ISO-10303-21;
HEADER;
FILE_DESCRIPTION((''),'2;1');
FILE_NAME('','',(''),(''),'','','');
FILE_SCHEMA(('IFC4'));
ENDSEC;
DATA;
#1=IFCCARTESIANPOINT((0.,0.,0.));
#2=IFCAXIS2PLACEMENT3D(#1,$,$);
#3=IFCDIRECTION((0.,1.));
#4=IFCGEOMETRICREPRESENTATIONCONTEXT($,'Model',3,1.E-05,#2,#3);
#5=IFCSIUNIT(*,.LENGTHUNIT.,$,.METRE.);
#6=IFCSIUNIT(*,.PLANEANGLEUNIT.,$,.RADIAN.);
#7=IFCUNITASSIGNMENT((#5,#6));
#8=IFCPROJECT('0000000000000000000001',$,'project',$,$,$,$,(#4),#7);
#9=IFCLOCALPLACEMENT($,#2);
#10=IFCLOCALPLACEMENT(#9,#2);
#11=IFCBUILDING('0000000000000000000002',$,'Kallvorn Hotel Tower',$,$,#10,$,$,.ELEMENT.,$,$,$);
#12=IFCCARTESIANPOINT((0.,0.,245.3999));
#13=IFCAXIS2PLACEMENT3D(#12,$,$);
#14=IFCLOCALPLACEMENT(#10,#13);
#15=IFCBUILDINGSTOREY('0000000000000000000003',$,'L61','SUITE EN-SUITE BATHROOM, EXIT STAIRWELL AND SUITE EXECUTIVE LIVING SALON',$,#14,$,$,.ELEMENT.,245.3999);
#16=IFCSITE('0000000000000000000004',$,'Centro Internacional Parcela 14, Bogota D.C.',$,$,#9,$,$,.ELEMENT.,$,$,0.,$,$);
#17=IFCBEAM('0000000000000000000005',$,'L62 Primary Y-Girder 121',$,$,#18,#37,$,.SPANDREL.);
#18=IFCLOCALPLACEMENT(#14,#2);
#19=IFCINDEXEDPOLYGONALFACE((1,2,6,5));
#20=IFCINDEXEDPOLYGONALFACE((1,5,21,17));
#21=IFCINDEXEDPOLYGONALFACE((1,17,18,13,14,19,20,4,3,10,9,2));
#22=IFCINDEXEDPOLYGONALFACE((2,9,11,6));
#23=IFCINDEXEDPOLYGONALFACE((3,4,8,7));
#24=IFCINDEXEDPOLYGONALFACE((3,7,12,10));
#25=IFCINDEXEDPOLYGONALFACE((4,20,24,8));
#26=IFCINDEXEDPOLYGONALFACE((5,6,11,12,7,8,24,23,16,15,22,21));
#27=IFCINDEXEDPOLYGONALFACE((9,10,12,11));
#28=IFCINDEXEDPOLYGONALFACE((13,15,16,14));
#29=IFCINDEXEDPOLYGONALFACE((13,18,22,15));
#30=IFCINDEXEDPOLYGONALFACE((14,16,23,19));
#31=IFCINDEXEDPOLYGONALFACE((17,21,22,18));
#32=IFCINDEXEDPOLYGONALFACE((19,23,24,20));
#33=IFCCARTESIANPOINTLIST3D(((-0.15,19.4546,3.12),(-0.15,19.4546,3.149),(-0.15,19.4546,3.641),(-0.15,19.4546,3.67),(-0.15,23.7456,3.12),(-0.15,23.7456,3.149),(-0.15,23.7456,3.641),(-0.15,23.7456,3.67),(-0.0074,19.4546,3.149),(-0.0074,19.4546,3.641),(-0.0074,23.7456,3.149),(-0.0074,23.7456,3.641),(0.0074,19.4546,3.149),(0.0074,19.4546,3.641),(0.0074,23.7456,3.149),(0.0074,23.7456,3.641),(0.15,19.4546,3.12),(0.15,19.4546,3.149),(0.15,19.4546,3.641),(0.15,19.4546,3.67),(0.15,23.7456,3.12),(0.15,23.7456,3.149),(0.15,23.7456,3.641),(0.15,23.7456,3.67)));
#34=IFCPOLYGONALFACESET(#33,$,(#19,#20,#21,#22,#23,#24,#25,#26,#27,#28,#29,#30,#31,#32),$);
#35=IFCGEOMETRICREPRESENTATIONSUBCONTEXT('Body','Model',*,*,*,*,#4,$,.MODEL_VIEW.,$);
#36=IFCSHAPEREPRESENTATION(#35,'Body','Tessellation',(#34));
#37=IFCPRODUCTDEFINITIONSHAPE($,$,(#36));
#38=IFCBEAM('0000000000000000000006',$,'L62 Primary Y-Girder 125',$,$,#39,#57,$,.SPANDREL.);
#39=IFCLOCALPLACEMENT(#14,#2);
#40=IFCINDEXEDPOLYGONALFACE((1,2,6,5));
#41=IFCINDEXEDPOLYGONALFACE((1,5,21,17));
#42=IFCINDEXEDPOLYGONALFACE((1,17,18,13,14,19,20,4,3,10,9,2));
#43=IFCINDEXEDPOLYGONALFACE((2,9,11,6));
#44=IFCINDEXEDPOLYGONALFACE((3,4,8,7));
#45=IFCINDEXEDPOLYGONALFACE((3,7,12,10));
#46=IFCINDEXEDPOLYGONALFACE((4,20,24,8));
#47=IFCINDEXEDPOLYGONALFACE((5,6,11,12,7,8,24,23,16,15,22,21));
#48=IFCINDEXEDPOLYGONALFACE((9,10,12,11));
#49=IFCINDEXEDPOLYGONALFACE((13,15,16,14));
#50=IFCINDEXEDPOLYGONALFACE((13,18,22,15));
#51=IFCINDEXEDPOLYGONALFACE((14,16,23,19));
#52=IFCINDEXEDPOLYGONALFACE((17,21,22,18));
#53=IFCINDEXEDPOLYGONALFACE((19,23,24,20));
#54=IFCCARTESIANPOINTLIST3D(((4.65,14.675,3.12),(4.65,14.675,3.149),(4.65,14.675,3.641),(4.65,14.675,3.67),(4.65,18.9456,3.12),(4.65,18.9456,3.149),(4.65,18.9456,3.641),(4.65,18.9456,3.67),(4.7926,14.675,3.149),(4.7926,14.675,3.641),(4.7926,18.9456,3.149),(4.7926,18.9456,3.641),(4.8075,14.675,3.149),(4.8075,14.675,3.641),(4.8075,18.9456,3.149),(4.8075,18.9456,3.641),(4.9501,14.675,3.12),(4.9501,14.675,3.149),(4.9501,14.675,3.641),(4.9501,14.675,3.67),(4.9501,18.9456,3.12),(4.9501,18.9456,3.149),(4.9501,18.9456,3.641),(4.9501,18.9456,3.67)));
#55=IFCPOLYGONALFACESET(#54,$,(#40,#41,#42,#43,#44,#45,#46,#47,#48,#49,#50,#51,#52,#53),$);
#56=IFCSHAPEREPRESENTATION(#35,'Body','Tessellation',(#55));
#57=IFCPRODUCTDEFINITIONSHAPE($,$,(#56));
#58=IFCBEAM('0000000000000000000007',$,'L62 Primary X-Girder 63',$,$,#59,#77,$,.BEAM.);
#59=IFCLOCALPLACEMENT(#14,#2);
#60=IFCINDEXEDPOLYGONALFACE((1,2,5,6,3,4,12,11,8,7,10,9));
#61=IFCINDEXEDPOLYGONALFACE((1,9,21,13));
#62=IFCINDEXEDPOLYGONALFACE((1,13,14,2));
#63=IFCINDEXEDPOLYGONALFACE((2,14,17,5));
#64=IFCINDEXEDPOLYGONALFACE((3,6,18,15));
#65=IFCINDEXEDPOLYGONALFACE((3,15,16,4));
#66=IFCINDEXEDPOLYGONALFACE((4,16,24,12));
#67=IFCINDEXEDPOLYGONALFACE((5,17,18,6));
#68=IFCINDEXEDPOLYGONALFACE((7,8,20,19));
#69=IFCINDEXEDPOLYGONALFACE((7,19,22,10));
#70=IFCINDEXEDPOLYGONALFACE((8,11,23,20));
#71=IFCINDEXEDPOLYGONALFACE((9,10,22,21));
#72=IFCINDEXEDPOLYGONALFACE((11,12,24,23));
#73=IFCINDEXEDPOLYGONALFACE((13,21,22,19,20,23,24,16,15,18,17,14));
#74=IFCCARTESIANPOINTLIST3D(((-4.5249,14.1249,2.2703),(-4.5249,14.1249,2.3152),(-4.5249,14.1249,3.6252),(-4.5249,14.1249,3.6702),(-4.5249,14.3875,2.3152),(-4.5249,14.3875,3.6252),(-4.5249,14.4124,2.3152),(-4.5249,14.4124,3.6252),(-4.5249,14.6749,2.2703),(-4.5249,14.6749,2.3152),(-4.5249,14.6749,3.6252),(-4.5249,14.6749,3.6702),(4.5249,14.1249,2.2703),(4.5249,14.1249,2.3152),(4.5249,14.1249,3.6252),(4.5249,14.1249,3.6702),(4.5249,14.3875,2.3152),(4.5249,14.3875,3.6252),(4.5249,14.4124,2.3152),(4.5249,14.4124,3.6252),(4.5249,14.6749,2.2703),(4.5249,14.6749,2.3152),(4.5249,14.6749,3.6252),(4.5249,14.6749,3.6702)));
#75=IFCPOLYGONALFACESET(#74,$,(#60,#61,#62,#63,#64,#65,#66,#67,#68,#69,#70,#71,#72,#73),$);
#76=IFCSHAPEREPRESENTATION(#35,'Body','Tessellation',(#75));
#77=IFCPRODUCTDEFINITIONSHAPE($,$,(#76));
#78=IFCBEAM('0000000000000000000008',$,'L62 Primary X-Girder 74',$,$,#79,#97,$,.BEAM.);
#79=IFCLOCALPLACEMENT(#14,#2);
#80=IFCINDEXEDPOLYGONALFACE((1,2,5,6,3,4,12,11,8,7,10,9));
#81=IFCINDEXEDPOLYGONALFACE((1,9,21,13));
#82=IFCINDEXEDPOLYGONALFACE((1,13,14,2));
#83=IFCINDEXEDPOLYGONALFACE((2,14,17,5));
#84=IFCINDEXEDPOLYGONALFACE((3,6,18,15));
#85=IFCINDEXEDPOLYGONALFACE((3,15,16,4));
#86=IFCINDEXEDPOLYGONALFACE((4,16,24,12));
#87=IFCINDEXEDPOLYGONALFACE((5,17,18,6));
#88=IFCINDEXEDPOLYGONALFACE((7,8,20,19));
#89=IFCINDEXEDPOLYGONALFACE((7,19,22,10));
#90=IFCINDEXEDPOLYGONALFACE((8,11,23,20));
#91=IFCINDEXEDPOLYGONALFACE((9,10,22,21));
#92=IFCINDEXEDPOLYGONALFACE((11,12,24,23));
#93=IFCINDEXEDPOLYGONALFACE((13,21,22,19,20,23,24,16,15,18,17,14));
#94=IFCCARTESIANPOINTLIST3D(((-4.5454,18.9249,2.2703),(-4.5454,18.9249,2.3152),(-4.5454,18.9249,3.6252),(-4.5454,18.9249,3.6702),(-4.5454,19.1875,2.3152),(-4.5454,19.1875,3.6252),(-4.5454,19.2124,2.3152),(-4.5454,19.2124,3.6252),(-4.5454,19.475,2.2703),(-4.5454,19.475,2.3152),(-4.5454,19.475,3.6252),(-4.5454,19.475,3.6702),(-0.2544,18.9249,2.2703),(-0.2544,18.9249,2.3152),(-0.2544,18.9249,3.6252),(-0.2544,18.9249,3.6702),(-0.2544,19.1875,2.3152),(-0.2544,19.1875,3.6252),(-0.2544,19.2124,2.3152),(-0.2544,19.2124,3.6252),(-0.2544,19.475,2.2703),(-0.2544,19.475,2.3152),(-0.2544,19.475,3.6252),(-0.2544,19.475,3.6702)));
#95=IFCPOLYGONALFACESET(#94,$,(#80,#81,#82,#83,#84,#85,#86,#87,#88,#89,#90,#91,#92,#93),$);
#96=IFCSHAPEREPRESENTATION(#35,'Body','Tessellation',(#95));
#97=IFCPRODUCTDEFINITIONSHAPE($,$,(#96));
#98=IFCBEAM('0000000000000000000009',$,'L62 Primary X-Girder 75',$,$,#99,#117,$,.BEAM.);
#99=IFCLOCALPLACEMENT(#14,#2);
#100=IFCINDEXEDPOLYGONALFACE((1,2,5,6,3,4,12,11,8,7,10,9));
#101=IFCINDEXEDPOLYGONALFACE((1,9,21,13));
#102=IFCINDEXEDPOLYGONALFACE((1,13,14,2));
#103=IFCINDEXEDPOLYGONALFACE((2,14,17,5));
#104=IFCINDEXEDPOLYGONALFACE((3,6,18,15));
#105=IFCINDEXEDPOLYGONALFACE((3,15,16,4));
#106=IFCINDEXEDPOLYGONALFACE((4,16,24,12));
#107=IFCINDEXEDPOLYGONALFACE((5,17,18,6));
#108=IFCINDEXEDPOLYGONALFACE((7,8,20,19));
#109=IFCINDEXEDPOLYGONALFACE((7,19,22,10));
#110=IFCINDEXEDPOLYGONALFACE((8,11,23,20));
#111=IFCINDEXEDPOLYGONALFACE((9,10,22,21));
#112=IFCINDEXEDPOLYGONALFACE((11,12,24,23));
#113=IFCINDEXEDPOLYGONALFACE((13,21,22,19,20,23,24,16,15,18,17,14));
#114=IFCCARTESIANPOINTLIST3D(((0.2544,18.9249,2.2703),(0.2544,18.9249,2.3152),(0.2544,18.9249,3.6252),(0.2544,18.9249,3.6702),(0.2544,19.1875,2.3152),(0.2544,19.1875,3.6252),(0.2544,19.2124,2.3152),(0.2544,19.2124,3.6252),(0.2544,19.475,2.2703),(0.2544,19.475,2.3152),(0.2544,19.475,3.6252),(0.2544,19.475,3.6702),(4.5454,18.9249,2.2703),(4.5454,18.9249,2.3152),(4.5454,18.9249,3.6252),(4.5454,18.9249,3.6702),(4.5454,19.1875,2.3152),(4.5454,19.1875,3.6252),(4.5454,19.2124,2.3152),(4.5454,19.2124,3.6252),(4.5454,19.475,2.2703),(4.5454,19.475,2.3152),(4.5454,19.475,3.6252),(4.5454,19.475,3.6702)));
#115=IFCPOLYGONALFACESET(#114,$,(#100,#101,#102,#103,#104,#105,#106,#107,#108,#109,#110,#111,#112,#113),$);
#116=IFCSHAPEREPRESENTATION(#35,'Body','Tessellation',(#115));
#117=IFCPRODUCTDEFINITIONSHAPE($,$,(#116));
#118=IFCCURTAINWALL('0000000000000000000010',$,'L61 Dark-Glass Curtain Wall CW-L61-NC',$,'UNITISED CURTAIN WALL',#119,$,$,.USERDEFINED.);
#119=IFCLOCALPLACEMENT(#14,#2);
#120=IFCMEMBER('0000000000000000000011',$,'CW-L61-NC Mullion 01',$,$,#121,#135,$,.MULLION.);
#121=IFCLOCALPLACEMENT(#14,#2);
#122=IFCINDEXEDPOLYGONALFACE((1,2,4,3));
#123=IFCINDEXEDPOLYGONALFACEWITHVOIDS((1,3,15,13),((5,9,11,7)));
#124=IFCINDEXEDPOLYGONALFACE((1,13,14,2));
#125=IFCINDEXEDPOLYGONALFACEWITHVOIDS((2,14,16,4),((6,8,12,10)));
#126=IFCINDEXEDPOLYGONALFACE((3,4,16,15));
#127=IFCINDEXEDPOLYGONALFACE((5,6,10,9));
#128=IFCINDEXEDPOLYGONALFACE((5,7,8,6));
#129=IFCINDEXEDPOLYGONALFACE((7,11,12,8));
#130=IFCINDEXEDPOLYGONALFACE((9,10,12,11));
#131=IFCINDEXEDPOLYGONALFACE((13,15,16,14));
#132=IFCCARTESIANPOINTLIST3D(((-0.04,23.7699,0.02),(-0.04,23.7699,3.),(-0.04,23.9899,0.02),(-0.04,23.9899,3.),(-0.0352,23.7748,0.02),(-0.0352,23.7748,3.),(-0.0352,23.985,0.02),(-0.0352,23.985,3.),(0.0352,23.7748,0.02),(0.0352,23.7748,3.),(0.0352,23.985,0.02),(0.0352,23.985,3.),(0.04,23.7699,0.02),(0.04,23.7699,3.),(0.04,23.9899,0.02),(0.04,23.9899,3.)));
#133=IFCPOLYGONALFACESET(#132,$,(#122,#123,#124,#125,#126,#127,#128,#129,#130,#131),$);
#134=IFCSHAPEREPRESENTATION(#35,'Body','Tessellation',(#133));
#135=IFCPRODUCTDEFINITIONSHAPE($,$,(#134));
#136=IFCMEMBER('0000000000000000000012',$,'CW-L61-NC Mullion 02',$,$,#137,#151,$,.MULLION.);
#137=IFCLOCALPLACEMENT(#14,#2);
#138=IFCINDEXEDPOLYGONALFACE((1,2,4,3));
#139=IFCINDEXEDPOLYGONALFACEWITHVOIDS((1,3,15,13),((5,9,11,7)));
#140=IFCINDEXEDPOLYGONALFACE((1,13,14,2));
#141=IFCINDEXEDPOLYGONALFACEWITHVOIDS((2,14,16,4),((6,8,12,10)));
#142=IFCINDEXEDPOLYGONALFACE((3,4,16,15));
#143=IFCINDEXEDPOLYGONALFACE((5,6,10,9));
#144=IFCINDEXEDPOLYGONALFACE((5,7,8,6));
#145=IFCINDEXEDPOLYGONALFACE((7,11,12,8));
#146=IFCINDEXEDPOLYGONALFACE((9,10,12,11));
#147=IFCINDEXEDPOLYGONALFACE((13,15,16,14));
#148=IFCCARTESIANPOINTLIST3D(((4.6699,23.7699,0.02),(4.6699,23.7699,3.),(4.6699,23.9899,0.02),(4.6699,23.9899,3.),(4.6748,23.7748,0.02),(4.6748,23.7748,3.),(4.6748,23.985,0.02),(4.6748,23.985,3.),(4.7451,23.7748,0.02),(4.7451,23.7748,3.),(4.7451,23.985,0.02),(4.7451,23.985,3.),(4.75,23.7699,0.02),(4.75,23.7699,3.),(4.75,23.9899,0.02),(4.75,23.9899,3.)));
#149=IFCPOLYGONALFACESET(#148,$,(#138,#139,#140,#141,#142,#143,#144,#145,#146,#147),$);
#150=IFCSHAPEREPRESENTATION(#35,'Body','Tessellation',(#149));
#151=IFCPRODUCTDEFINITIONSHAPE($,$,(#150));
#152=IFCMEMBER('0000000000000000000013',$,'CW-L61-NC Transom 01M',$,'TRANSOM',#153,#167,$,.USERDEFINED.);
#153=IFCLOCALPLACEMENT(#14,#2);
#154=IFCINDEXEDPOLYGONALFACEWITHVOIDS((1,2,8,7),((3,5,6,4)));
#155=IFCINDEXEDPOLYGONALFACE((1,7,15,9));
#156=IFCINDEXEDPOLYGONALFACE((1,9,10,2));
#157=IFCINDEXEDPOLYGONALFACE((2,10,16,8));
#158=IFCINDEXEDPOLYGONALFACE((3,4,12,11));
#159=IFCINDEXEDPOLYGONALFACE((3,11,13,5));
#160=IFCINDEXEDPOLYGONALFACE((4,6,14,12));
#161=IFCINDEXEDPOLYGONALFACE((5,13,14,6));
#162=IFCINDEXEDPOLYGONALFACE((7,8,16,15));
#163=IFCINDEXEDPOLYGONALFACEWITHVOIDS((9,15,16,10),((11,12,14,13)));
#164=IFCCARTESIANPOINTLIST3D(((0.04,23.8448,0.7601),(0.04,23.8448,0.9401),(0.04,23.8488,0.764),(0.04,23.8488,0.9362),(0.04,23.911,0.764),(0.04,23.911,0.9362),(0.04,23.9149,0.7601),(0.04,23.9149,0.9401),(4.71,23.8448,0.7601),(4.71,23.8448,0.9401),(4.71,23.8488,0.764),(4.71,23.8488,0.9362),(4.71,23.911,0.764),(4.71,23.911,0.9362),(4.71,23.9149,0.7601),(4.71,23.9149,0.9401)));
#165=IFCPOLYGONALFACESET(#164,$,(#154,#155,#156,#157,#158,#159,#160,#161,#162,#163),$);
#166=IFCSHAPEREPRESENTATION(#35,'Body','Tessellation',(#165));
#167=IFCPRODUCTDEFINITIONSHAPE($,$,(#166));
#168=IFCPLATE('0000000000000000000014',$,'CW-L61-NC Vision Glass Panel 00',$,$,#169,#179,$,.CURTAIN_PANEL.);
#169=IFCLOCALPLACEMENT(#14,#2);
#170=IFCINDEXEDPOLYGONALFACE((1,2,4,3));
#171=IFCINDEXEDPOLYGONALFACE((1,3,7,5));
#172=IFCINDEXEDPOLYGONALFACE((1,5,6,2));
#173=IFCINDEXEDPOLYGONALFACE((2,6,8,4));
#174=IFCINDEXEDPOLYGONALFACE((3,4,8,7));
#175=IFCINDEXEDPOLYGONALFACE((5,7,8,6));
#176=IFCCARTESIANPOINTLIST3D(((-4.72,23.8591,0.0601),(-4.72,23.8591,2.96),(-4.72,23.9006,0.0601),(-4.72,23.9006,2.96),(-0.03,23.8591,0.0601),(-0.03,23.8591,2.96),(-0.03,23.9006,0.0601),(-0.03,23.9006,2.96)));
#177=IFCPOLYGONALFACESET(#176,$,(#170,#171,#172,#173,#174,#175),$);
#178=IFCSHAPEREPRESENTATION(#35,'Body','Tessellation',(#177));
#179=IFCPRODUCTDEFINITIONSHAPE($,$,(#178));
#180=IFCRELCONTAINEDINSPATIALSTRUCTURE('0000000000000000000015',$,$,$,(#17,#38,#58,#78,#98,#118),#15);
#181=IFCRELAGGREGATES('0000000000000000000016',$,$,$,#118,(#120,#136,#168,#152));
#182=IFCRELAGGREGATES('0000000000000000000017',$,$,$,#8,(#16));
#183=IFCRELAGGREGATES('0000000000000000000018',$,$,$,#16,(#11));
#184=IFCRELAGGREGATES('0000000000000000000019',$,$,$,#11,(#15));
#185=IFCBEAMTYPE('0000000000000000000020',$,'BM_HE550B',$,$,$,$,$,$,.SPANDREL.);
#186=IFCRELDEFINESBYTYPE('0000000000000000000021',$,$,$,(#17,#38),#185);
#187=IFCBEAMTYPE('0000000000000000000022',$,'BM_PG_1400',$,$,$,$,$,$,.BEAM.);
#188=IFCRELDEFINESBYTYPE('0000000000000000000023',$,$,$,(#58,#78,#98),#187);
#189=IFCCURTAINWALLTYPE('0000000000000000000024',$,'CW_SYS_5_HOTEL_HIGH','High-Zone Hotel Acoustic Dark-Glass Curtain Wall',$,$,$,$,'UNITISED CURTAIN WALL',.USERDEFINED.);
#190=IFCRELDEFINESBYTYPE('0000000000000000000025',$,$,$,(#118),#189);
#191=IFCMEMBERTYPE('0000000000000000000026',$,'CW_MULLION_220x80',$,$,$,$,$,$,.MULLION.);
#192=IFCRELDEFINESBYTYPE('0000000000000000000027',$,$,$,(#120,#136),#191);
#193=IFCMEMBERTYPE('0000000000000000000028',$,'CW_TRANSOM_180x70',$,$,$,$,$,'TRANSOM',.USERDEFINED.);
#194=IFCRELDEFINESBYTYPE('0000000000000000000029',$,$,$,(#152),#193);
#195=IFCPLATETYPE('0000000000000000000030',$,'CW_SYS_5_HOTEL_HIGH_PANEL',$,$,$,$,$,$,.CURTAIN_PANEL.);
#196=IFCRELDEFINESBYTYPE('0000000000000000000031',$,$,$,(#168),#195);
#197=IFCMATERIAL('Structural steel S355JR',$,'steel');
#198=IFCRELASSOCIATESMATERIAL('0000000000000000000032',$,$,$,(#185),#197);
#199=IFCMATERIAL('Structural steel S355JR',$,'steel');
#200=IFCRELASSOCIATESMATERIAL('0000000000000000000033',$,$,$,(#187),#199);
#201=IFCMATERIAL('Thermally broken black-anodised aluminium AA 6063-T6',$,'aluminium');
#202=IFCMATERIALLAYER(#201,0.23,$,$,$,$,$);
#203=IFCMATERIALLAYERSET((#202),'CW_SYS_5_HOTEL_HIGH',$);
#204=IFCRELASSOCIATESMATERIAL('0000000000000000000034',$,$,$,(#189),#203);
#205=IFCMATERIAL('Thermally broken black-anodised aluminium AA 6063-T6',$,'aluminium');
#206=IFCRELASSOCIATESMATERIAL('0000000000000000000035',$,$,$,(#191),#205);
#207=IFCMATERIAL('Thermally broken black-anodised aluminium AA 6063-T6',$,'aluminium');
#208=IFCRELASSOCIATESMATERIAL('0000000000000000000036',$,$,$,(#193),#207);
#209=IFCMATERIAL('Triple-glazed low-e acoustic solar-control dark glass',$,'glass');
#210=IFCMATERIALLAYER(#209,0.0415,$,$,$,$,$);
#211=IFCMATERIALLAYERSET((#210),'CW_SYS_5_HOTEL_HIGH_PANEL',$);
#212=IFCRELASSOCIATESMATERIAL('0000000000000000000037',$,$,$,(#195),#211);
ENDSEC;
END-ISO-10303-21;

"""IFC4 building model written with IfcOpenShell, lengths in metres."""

from ifc_helpers import new_model, si_unit, direction, frame, origin, origin_2d, place, context, subcontext, project, spatial, rectangle, hollow_rectangle, i_section, extrude, material, layer, layer_set, material_profile, profile_set, type_object, element, aggregate, save


model = new_model("IFC4")

# Units and contexts
model_context = context("Model", 3, precision=1e-05, world=origin(), true_north=direction((0.0, 1.0)))
body_context = subcontext(model_context, "Body", "Model", "MODEL_VIEW")
ifc_project = project(units=[si_unit("LENGTHUNIT", "METRE"), si_unit("PLANEANGLEUNIT", "RADIAN")], contexts=[model_context])

# Site, building, storey
site_placement = place(None, origin())
site = spatial("IfcSite", under=ifc_project, at=site_placement, Name="Centro Internacional Parcela 14, Bogota D.C.", CompositionType="ELEMENT", RefElevation=0.0)
building_placement = place(site_placement, origin())
building = spatial("IfcBuilding", under=site, at=building_placement, Name="Kallvorn Hotel Tower", CompositionType="ELEMENT")
storey_placement = place(building_placement, frame((0.0, 0.0, 245.3999)))
storey = spatial("IfcBuildingStorey", under=building, at=storey_placement, Name="L61", Description="SUITE EN-SUITE BATHROOM, EXIT STAIRWELL AND SUITE EXECUTIVE LIVING SALON", CompositionType="ELEMENT", Elevation=245.3999)

# Beams
ifc_material_1 = material(Name="Structural steel S355JR", Category="steel")
ifc_material_profile_1 = material_profile(ifc_material_1, i_section(OverallWidth=0.3, OverallDepth=0.55, WebThickness=0.0149, FlangeThickness=0.0291, at=origin_2d()), Name="HE 550 B")
ifc_profile_set_1 = profile_set([ifc_material_profile_1], Name="Structural steel S355JR")
beam_type_1 = type_object("IfcBeamType", Name="BM_HE550B", PredefinedType="SPANDREL", material=ifc_profile_set_1)
beam_1_placement = place(storey_placement, frame((0.0, 19.4546, 3.395), z_axis=(0.0, 1.0, 0.0), x_axis=(-1.0, 0.0, 0.0)))
element("IfcBeam", 1, at=beam_1_placement, inside=storey, type_object=beam_type_1, Name="L62 Primary Y-Girder 121", PredefinedType="SPANDREL", context=body_context, shape_type="SweptSolid", body=[
    extrude(i_section(OverallWidth=0.3, OverallDepth=0.55, WebThickness=0.0149, FlangeThickness=0.0291, at=origin_2d()), origin(), (0.0, 0.0, 1.0), 4.291),
])
beam_2_placement = place(storey_placement, frame((4.8, 14.675, 3.395), z_axis=(0.0, 1.0, 0.0), x_axis=(-1.0, 0.0, 0.0)))
element("IfcBeam", 2, at=beam_2_placement, inside=storey, type_object=beam_type_1, Name="L62 Primary Y-Girder 125", PredefinedType="SPANDREL", context=body_context, shape_type="SweptSolid", body=[
    extrude(i_section(OverallWidth=0.3, OverallDepth=0.55, WebThickness=0.0149, FlangeThickness=0.0291, at=origin_2d()), origin(), (0.0, 0.0, 1.0), 4.2705),
])
ifc_material_2 = material(Name="Structural steel S355JR", Category="steel")
ifc_material_profile_2 = material_profile(ifc_material_2, i_section(OverallWidth=0.55, OverallDepth=1.3999, WebThickness=0.0249, FlangeThickness=0.0449, at=origin_2d()), Name="PG 1400x550x25x45")
ifc_profile_set_2 = profile_set([ifc_material_profile_2], Name="Structural steel S355JR")
beam_type_2 = type_object("IfcBeamType", Name="BM_PG_1400", PredefinedType="BEAM", material=ifc_profile_set_2)
beam_3_placement = place(storey_placement, frame((-4.5249, 14.3999, 2.9702), z_axis=(1.0, 0.0, 0.0), x_axis=(0.0, 1.0, 0.0)))
element("IfcBeam", 3, at=beam_3_placement, inside=storey, type_object=beam_type_2, Name="L62 Primary X-Girder 63", PredefinedType="BEAM", context=body_context, shape_type="SweptSolid", body=[
    extrude(i_section(OverallWidth=0.55, OverallDepth=1.3999, WebThickness=0.0249, FlangeThickness=0.0449, at=origin_2d()), origin(), (0.0, 0.0, 1.0), 9.0498),
])
for number, where, z_axis, x_axis, name in (
    (4, (-4.5454, 19.2, 2.9702), (1.0, 0.0, 0.0), (0.0, 1.0, 0.0), "L62 Primary X-Girder 74"),
    (5, (0.2544, 19.2, 2.9702), (1.0, 0.0, 0.0), (0.0, 1.0, 0.0), "L62 Primary X-Girder 75"),
):
    element("IfcBeam", number, at=place(storey_placement, frame(where, z_axis=z_axis, x_axis=x_axis)), inside=storey, type_object=beam_type_2, Name=name, PredefinedType="BEAM", context=body_context, shape_type="SweptSolid", body=[
        extrude(i_section(OverallWidth=0.55, OverallDepth=1.3999, WebThickness=0.0249, FlangeThickness=0.0449, at=origin_2d()), origin(), (0.0, 0.0, 1.0), 4.291),
    ])

# Curtain wall, members, plate
ifc_material_3 = material(Name="Thermally broken black-anodised aluminium AA 6063-T6", Category="aluminium")
ifc_layer_1 = layer(ifc_material_3, 0.23)
ifc_layer_set_1 = layer_set([ifc_layer_1], Name="CW_SYS_5_HOTEL_HIGH")
curtain_wall_type = type_object("IfcCurtainWallType", Name="CW_SYS_5_HOTEL_HIGH", Description="High-Zone Hotel Acoustic Dark-Glass Curtain Wall", ElementType="UNITISED CURTAIN WALL", PredefinedType="USERDEFINED", material=ifc_layer_set_1)
curtain_wall_placement = place(storey_placement, origin())
curtain_wall = element("IfcCurtainWall", 6, at=curtain_wall_placement, inside=storey, type_object=curtain_wall_type, Name="L61 Dark-Glass Curtain Wall CW-L61-NC", ObjectType="UNITISED CURTAIN WALL", PredefinedType="USERDEFINED")
ifc_material_4 = material(Name="Thermally broken black-anodised aluminium AA 6063-T6", Category="aluminium")
ifc_material_profile_3 = material_profile(ifc_material_4, hollow_rectangle(XDim=0.0801, YDim=0.22, WallThickness=0.0049, at=origin_2d()), Name="MUL 220x80")
ifc_profile_set_3 = profile_set([ifc_material_profile_3], Name="Thermally broken black-anodised aluminium AA 6063-T6")
member_type_1 = type_object("IfcMemberType", Name="CW_MULLION_220x80", PredefinedType="MULLION", material=ifc_profile_set_3)
member_1_placement = place(storey_placement, frame((0.0, 23.8799, 0.02), z_axis=(0.0, 0.0, 1.0), x_axis=(1.0, 0.0, 0.0)))
member_1 = element("IfcMember", 7, at=member_1_placement, type_object=member_type_1, Name="CW-L61-NC Mullion 01", PredefinedType="MULLION", context=body_context, shape_type="SweptSolid", body=[
    extrude(hollow_rectangle(XDim=0.0801, YDim=0.22, WallThickness=0.0049, at=origin_2d()), origin(), (0.0, 0.0, 1.0), 2.98),
])
member_2_placement = place(storey_placement, frame((4.71, 23.8799, 0.02), z_axis=(0.0, 0.0, 1.0), x_axis=(1.0, 0.0, 0.0)))
member_2 = element("IfcMember", 8, at=member_2_placement, type_object=member_type_1, Name="CW-L61-NC Mullion 02", PredefinedType="MULLION", context=body_context, shape_type="SweptSolid", body=[
    extrude(hollow_rectangle(XDim=0.0801, YDim=0.22, WallThickness=0.0049, at=origin_2d()), origin(), (0.0, 0.0, 1.0), 2.98),
])
ifc_material_5 = material(Name="Thermally broken black-anodised aluminium AA 6063-T6", Category="aluminium")
ifc_material_profile_4 = material_profile(ifc_material_5, hollow_rectangle(XDim=0.0701, YDim=0.1799, WallThickness=0.0039, at=origin_2d()), Name="TRN 180x70")
ifc_profile_set_4 = profile_set([ifc_material_profile_4], Name="Thermally broken black-anodised aluminium AA 6063-T6")
member_type_2 = type_object("IfcMemberType", Name="CW_TRANSOM_180x70", ElementType="TRANSOM", PredefinedType="USERDEFINED", material=ifc_profile_set_4)
member_3_placement = place(storey_placement, frame((0.04, 23.8799, 0.8501), z_axis=(1.0, 0.0, 0.0), x_axis=(0.0, 1.0, 0.0)))
member_3 = element("IfcMember", 9, at=member_3_placement, type_object=member_type_2, Name="CW-L61-NC Transom 01M", ObjectType="TRANSOM", PredefinedType="USERDEFINED", context=body_context, shape_type="SweptSolid", body=[
    extrude(hollow_rectangle(XDim=0.0701, YDim=0.1799, WallThickness=0.0039, at=origin_2d()), origin(), (0.0, 0.0, 1.0), 4.6699),
])
ifc_material_6 = material(Name="Triple-glazed low-e acoustic solar-control dark glass", Category="glass")
ifc_layer_2 = layer(ifc_material_6, 0.0415)
ifc_layer_set_2 = layer_set([ifc_layer_2], Name="CW_SYS_5_HOTEL_HIGH_PANEL")
plate_type = type_object("IfcPlateType", Name="CW_SYS_5_HOTEL_HIGH_PANEL", PredefinedType="CURTAIN_PANEL", material=ifc_layer_set_2)
plate_1_placement = place(storey_placement, frame((-2.375, 23.8799, 0.0601), z_axis=(0.0, 0.0, 1.0), x_axis=(1.0, 0.0, 0.0)))
plate_1 = element("IfcPlate", 10, at=plate_1_placement, type_object=plate_type, Name="CW-L61-NC Vision Glass Panel 00", PredefinedType="CURTAIN_PANEL", context=body_context, shape_type="SweptSolid", body=[
    extrude(rectangle(XDim=4.6899, YDim=0.0415, at=origin_2d()), origin(), (0.0, 0.0, 1.0), 2.8999),
])
aggregate(curtain_wall, [member_1, member_2, plate_1, member_3])

save(model, "model.ifc")
